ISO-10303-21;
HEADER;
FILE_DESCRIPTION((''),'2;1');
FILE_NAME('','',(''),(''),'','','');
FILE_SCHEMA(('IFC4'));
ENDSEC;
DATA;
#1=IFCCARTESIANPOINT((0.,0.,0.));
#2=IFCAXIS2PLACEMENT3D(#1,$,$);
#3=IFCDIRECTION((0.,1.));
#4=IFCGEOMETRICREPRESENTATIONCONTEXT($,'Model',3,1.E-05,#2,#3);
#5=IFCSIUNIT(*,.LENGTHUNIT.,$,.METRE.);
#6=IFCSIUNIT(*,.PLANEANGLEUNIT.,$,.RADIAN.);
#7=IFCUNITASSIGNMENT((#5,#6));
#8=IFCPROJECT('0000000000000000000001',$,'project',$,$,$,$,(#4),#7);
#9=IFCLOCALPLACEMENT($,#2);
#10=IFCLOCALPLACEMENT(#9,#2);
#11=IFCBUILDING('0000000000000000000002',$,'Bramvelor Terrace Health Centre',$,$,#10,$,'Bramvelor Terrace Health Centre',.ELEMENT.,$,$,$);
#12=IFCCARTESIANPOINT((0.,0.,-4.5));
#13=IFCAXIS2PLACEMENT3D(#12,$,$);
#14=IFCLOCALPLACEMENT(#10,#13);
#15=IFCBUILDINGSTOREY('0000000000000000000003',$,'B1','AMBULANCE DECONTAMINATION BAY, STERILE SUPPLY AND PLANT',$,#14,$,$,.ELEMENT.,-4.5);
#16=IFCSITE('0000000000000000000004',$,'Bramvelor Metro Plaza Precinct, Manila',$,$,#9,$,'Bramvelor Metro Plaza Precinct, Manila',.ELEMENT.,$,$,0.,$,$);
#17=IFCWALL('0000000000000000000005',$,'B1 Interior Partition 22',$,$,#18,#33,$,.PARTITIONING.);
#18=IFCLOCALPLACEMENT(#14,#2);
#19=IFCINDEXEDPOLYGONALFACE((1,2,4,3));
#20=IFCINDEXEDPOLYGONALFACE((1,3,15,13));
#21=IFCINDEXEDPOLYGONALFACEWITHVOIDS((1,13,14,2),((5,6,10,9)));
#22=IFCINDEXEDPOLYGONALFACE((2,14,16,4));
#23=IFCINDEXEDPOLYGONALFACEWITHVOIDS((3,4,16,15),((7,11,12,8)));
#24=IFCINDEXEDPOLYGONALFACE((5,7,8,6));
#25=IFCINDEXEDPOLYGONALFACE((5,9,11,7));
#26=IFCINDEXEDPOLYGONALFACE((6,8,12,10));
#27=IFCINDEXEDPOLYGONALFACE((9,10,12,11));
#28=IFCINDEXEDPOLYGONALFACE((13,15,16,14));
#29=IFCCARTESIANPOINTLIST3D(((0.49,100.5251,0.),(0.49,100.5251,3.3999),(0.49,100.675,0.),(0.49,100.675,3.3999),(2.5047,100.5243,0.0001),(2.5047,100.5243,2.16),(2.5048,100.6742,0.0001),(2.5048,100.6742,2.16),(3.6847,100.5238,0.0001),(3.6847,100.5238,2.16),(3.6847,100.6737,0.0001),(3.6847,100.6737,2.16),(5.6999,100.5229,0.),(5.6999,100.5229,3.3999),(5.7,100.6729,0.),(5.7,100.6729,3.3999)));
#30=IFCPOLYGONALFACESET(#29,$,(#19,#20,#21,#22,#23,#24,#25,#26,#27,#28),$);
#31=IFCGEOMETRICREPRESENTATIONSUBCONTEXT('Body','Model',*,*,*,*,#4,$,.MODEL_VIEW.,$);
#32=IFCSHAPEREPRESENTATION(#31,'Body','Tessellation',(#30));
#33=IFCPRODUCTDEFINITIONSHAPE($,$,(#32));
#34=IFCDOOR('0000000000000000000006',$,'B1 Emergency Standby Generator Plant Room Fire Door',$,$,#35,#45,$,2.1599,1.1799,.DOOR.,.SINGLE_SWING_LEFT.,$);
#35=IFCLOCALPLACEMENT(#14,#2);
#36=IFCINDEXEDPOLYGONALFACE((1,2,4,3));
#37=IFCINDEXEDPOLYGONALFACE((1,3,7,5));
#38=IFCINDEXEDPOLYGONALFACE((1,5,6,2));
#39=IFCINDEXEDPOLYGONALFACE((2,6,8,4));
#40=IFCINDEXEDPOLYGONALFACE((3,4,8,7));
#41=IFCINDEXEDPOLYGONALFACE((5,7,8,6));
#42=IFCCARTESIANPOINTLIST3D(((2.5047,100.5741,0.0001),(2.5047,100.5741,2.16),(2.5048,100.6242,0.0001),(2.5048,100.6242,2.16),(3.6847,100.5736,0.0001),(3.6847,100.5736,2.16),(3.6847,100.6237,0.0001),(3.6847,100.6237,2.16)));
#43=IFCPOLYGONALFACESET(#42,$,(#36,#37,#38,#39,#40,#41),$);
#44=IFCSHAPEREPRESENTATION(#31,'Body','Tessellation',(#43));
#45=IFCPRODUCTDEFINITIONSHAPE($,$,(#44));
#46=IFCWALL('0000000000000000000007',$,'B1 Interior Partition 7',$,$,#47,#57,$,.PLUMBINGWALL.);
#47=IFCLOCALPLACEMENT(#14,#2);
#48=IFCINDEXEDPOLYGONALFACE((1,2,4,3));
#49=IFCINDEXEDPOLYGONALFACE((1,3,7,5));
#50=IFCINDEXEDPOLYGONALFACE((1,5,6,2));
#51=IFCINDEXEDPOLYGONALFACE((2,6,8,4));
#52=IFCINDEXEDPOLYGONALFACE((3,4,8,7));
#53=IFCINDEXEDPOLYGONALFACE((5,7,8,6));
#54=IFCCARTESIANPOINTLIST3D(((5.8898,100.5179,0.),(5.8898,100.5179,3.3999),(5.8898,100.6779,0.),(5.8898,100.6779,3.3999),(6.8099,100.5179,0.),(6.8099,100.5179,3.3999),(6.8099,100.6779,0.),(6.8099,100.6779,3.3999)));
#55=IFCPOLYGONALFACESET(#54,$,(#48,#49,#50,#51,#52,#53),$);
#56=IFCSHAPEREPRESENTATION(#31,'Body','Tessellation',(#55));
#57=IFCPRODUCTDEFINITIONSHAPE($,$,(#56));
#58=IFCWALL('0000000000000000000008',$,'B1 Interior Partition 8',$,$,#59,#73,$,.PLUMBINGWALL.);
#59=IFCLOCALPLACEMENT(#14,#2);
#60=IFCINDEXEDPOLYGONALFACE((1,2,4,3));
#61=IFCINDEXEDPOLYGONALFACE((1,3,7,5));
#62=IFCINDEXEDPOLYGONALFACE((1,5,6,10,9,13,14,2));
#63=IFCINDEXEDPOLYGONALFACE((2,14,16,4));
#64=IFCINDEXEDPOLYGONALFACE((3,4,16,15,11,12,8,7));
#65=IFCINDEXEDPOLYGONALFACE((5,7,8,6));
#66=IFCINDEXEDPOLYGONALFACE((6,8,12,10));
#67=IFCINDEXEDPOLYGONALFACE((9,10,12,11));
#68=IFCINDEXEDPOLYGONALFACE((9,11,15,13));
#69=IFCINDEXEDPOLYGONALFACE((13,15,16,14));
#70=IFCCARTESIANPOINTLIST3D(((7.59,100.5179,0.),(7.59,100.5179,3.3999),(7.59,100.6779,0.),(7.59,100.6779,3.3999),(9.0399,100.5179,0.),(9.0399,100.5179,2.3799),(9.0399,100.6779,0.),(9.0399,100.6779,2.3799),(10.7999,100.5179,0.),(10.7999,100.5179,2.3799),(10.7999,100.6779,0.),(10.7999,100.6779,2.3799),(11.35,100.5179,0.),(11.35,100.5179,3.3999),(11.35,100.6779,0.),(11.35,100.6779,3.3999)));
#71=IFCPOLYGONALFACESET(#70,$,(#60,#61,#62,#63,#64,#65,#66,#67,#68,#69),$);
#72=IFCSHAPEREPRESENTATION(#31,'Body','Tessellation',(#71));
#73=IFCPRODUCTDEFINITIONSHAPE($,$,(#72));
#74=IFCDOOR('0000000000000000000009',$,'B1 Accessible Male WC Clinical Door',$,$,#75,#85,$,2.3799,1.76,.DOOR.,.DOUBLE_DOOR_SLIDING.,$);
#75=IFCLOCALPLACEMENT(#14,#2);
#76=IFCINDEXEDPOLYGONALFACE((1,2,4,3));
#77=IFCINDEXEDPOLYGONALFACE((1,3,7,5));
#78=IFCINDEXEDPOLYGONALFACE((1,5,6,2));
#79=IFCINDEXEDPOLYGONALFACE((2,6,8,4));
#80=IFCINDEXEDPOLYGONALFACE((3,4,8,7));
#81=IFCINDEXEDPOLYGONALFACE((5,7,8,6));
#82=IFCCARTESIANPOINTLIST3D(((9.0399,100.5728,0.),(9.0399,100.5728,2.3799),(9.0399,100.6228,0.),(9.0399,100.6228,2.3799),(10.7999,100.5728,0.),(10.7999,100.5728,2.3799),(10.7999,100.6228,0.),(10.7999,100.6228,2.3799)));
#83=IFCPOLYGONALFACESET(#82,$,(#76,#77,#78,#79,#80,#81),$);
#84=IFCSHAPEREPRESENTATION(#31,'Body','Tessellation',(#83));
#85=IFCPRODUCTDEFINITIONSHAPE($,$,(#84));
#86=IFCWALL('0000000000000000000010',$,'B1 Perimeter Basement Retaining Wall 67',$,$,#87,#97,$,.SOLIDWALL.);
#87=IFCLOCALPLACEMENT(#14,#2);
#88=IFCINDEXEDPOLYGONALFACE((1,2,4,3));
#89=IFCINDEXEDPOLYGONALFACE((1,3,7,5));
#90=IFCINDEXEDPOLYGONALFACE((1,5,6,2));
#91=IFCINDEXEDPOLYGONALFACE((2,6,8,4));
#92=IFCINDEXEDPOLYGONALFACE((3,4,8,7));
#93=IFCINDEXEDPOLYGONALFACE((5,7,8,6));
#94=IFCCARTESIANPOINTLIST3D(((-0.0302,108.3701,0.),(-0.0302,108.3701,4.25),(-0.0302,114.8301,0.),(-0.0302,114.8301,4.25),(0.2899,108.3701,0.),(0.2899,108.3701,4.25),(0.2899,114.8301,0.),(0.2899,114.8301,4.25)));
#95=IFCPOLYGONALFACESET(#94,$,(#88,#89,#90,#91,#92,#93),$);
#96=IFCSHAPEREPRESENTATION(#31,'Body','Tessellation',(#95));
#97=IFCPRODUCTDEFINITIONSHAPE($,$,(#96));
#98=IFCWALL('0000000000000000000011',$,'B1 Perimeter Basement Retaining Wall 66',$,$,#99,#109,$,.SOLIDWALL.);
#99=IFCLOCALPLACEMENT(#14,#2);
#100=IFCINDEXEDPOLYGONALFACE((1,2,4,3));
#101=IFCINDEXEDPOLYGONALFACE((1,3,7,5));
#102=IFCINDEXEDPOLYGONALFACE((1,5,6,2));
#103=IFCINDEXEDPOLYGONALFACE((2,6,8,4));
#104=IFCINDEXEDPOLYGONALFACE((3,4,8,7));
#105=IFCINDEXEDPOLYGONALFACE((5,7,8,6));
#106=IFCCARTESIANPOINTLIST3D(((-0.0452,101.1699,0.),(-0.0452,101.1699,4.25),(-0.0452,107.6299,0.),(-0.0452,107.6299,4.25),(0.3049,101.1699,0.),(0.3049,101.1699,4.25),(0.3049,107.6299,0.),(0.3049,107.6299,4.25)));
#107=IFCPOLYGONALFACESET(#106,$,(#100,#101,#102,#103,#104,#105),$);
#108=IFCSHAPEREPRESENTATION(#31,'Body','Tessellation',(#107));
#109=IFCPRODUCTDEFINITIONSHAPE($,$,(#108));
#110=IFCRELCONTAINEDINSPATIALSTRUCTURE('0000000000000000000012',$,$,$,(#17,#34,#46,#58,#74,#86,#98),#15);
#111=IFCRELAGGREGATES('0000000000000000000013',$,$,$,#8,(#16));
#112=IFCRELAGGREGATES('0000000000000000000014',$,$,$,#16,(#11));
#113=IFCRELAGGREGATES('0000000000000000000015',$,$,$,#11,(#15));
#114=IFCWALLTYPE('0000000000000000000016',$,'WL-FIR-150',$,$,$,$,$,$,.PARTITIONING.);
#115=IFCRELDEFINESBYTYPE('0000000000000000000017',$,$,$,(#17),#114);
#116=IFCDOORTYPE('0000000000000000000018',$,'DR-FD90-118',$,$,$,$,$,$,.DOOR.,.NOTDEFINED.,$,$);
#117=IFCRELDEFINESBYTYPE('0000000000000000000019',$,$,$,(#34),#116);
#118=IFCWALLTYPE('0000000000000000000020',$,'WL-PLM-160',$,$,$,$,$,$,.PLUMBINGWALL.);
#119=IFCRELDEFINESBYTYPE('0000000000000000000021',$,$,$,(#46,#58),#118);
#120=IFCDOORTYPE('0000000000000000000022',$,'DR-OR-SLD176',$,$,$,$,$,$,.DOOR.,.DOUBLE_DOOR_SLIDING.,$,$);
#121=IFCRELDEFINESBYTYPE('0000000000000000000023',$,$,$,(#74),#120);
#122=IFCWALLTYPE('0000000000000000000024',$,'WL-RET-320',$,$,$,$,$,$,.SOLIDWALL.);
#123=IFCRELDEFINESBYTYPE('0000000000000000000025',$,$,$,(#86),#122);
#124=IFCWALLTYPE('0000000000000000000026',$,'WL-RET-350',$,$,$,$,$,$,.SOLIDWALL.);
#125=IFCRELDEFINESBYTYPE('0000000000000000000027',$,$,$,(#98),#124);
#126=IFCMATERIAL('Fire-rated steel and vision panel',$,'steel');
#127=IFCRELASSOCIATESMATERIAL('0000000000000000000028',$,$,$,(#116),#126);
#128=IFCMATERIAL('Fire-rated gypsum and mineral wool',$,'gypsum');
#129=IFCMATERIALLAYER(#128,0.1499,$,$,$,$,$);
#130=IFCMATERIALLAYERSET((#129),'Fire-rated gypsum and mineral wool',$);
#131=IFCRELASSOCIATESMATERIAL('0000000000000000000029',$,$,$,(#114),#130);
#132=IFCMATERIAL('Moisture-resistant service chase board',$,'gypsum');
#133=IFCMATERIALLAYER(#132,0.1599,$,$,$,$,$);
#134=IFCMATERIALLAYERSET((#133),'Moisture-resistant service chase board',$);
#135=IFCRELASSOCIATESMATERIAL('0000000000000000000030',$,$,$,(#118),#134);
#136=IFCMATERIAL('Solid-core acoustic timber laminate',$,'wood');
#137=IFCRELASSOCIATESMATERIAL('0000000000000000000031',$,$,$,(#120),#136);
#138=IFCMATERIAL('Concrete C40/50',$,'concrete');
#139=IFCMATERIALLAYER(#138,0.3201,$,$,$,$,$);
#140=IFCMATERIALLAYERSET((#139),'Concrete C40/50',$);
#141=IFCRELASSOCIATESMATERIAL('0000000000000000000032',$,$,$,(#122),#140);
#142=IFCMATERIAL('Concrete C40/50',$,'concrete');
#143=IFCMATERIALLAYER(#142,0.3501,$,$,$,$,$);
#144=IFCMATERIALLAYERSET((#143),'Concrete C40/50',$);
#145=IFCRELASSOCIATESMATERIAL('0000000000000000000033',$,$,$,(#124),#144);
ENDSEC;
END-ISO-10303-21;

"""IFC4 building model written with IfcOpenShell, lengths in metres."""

from ifc_helpers import new_model, si_unit, direction, frame, frame_2d, origin, place, context, subcontext, project, spatial, rectangle, extrude, material, layer, layer_set, type_object, element, fill, save


model = new_model("IFC4")

# Units and contexts
model_context = context("Model", 3, precision=1e-05, world=origin(), true_north=direction((0.0, 1.0)))
body_context = subcontext(model_context, "Body", "Model", "MODEL_VIEW")
ifc_project = project(units=[si_unit("LENGTHUNIT", "METRE"), si_unit("PLANEANGLEUNIT", "RADIAN")], contexts=[model_context])

# Site, building, storey
site_placement = place(None, origin())
site = spatial("IfcSite", under=ifc_project, at=site_placement, Name="Bramvelor Metro Plaza Precinct, Manila", LongName="Bramvelor Metro Plaza Precinct, Manila", CompositionType="ELEMENT", RefElevation=0.0)
building_placement = place(site_placement, origin())
building = spatial("IfcBuilding", under=site, at=building_placement, Name="Bramvelor Terrace Health Centre", LongName="Bramvelor Terrace Health Centre", CompositionType="ELEMENT")
storey_placement = place(building_placement, frame((0.0, 0.0, -4.5)))
storey = spatial("IfcBuildingStorey", under=building, at=storey_placement, Name="B1", Description="AMBULANCE DECONTAMINATION BAY, STERILE SUPPLY AND PLANT", CompositionType="ELEMENT", Elevation=-4.5)

# Shared definitions
ifc_material_1 = material(Name="Fire-rated steel and vision panel", Category="steel")
door_type_1 = type_object("IfcDoorType", Name="DR-FD90-118", OperationType="NOTDEFINED", PredefinedType="DOOR", material=ifc_material_1)

# Shared definitions
ifc_material_2 = material(Name="Fire-rated gypsum and mineral wool", Category="gypsum")
ifc_layer_1 = layer(ifc_material_2, 0.1499)
ifc_layer_set_1 = layer_set([ifc_layer_1], Name="Fire-rated gypsum and mineral wool")
wall_type_1 = type_object("IfcWallType", Name="WL-FIR-150", PredefinedType="PARTITIONING", material=ifc_layer_set_1)

# Wall, opening, door
wall_1_placement = place(storey_placement, frame((0.49, 100.6001, 0.0), z_axis=(0.0, 0.0, 1.0), x_axis=(1.0, -0.000422, 0.0)))
wall_1 = element("IfcWall", 1, at=wall_1_placement, inside=storey, type_object=wall_type_1, Name="B1 Interior Partition 22", PredefinedType="PARTITIONING", context=body_context, shape_type="SweptSolid", body=[
    extrude(rectangle(XDim=5.21, YDim=0.1499, at=frame_2d((2.605, 0.0))), origin(), (0.0, 0.0, 1.0), 3.3999),
])
opening_1_placement = place(wall_1_placement, frame((2.0149, 0.0, 0.0)))
opening_1 = element("IfcOpeningElement", 2, at=opening_1_placement, cuts=wall_1, PredefinedType="OPENING", context=body_context, shape_type="SweptSolid", body=[
    extrude(rectangle(XDim=1.1799, YDim=2.1599, at=frame_2d((0.5898, 1.0801))), frame((0.0, 0.085, 0.0), z_axis=(0.0, -1.0, 0.0), x_axis=(1.0, 0.0, 0.0)), (0.0, 0.0, 1.0), 0.1699),
])
door_1_placement = place(opening_1_placement, origin())
door_1 = element("IfcDoor", 3, at=door_1_placement, inside=storey, type_object=door_type_1, Name="B1 Emergency Standby Generator Plant Room Fire Door", OperationType="SINGLE_SWING_LEFT", OverallHeight=2.1599, OverallWidth=1.1799, PredefinedType="DOOR", context=body_context, shape_type="SweptSolid", body=[
    extrude(rectangle(XDim=1.1799, YDim=2.1599, at=frame_2d((0.5898, 1.0801))), frame((0.0, 0.0249, 0.0), z_axis=(0.0, -1.0, 0.0), x_axis=(1.0, 0.0, 0.0)), (0.0, 0.0, 1.0), 0.05),
])
fill(opening_1, door_1)

# Wall
ifc_material_3 = material(Name="Moisture-resistant service chase board", Category="gypsum")
ifc_layer_2 = layer(ifc_material_3, 0.1599)
ifc_layer_set_2 = layer_set([ifc_layer_2], Name="Moisture-resistant service chase board")
wall_type_2 = type_object("IfcWallType", Name="WL-PLM-160", PredefinedType="PLUMBINGWALL", material=ifc_layer_set_2)
wall_2_placement = place(storey_placement, frame((5.8899, 100.5979, 0.0), z_axis=(0.0, 0.0, 1.0), x_axis=(1.0, 0.0, 0.0)))
element("IfcWall", 4, at=wall_2_placement, inside=storey, type_object=wall_type_2, Name="B1 Interior Partition 7", PredefinedType="PLUMBINGWALL", context=body_context, shape_type="SweptSolid", body=[
    extrude(rectangle(XDim=0.9202, YDim=0.1599, at=frame_2d((0.46, 0.0))), origin(), (0.0, 0.0, 1.0), 3.3999),
])

# Wall, opening, door
wall_3_placement = place(storey_placement, frame((7.5901, 100.5979, 0.0), z_axis=(0.0, 0.0, 1.0), x_axis=(1.0, 0.0, 0.0)))
wall_3 = element("IfcWall", 5, at=wall_3_placement, inside=storey, type_object=wall_type_2, Name="B1 Interior Partition 8", PredefinedType="PLUMBINGWALL", context=body_context, shape_type="SweptSolid", body=[
    extrude(rectangle(XDim=3.76, YDim=0.1599, at=frame_2d((1.8799, 0.0))), origin(), (0.0, 0.0, 1.0), 3.3999),
])
opening_2_placement = place(wall_3_placement, frame((1.45, 0.0, 0.0)))
opening_2 = element("IfcOpeningElement", 6, at=opening_2_placement, cuts=wall_3, PredefinedType="OPENING", context=body_context, shape_type="SweptSolid", body=[
    extrude(rectangle(XDim=1.76, YDim=2.3799, at=frame_2d((0.8799, 1.1899))), frame((0.0, 0.0898, 0.0), z_axis=(0.0, -1.0, 0.0), x_axis=(1.0, 0.0, 0.0)), (0.0, 0.0, 1.0), 0.1799),
])
ifc_material_4 = material(Name="Solid-core acoustic timber laminate", Category="wood")
door_type_2 = type_object("IfcDoorType", Name="DR-OR-SLD176", OperationType="DOUBLE_DOOR_SLIDING", PredefinedType="DOOR", material=ifc_material_4)
door_2_placement = place(opening_2_placement, origin())
door_2 = element("IfcDoor", 7, at=door_2_placement, inside=storey, type_object=door_type_2, Name="B1 Accessible Male WC Clinical Door", OperationType="DOUBLE_DOOR_SLIDING", OverallHeight=2.3799, OverallWidth=1.76, PredefinedType="DOOR", context=body_context, shape_type="SweptSolid", body=[
    extrude(rectangle(XDim=1.76, YDim=2.3799, at=frame_2d((0.8799, 1.1899))), frame((0.0, 0.0249, 0.0), z_axis=(0.0, -1.0, 0.0), x_axis=(1.0, 0.0, 0.0)), (0.0, 0.0, 1.0), 0.05),
])
fill(opening_2, door_2)

# Walls
ifc_material_5 = material(Name="Concrete C40/50", Category="concrete")
ifc_layer_3 = layer(ifc_material_5, 0.3201)
ifc_layer_set_3 = layer_set([ifc_layer_3], Name="Concrete C40/50")
wall_type_3 = type_object("IfcWallType", Name="WL-RET-320", PredefinedType="SOLIDWALL", material=ifc_layer_set_3)
wall_4_placement = place(storey_placement, frame((0.1299, 108.3701, 0.0), z_axis=(0.0, 0.0, 1.0), x_axis=(0.0, 1.0, 0.0)))
element("IfcWall", 8, at=wall_4_placement, inside=storey, type_object=wall_type_3, Name="B1 Perimeter Basement Retaining Wall 67", PredefinedType="SOLIDWALL", context=body_context, shape_type="SweptSolid", body=[
    extrude(rectangle(XDim=6.46, YDim=0.3201, at=frame_2d((3.23, 0.0))), origin(), (0.0, 0.0, 1.0), 4.25),
])
ifc_material_6 = material(Name="Concrete C40/50", Category="concrete")
ifc_layer_4 = layer(ifc_material_6, 0.3501)
ifc_layer_set_4 = layer_set([ifc_layer_4], Name="Concrete C40/50")
wall_type_4 = type_object("IfcWallType", Name="WL-RET-350", PredefinedType="SOLIDWALL", material=ifc_layer_set_4)
wall_5_placement = place(storey_placement, frame((0.1299, 101.1699, 0.0), z_axis=(0.0, 0.0, 1.0), x_axis=(0.0, 1.0, 0.0)))
element("IfcWall", 9, at=wall_5_placement, inside=storey, type_object=wall_type_4, Name="B1 Perimeter Basement Retaining Wall 66", PredefinedType="SOLIDWALL", context=body_context, shape_type="SweptSolid", body=[
    extrude(rectangle(XDim=6.46, YDim=0.3501, at=frame_2d((3.23, 0.0))), origin(), (0.0, 0.0, 1.0), 4.25),
])

save(model, "model.ifc")
